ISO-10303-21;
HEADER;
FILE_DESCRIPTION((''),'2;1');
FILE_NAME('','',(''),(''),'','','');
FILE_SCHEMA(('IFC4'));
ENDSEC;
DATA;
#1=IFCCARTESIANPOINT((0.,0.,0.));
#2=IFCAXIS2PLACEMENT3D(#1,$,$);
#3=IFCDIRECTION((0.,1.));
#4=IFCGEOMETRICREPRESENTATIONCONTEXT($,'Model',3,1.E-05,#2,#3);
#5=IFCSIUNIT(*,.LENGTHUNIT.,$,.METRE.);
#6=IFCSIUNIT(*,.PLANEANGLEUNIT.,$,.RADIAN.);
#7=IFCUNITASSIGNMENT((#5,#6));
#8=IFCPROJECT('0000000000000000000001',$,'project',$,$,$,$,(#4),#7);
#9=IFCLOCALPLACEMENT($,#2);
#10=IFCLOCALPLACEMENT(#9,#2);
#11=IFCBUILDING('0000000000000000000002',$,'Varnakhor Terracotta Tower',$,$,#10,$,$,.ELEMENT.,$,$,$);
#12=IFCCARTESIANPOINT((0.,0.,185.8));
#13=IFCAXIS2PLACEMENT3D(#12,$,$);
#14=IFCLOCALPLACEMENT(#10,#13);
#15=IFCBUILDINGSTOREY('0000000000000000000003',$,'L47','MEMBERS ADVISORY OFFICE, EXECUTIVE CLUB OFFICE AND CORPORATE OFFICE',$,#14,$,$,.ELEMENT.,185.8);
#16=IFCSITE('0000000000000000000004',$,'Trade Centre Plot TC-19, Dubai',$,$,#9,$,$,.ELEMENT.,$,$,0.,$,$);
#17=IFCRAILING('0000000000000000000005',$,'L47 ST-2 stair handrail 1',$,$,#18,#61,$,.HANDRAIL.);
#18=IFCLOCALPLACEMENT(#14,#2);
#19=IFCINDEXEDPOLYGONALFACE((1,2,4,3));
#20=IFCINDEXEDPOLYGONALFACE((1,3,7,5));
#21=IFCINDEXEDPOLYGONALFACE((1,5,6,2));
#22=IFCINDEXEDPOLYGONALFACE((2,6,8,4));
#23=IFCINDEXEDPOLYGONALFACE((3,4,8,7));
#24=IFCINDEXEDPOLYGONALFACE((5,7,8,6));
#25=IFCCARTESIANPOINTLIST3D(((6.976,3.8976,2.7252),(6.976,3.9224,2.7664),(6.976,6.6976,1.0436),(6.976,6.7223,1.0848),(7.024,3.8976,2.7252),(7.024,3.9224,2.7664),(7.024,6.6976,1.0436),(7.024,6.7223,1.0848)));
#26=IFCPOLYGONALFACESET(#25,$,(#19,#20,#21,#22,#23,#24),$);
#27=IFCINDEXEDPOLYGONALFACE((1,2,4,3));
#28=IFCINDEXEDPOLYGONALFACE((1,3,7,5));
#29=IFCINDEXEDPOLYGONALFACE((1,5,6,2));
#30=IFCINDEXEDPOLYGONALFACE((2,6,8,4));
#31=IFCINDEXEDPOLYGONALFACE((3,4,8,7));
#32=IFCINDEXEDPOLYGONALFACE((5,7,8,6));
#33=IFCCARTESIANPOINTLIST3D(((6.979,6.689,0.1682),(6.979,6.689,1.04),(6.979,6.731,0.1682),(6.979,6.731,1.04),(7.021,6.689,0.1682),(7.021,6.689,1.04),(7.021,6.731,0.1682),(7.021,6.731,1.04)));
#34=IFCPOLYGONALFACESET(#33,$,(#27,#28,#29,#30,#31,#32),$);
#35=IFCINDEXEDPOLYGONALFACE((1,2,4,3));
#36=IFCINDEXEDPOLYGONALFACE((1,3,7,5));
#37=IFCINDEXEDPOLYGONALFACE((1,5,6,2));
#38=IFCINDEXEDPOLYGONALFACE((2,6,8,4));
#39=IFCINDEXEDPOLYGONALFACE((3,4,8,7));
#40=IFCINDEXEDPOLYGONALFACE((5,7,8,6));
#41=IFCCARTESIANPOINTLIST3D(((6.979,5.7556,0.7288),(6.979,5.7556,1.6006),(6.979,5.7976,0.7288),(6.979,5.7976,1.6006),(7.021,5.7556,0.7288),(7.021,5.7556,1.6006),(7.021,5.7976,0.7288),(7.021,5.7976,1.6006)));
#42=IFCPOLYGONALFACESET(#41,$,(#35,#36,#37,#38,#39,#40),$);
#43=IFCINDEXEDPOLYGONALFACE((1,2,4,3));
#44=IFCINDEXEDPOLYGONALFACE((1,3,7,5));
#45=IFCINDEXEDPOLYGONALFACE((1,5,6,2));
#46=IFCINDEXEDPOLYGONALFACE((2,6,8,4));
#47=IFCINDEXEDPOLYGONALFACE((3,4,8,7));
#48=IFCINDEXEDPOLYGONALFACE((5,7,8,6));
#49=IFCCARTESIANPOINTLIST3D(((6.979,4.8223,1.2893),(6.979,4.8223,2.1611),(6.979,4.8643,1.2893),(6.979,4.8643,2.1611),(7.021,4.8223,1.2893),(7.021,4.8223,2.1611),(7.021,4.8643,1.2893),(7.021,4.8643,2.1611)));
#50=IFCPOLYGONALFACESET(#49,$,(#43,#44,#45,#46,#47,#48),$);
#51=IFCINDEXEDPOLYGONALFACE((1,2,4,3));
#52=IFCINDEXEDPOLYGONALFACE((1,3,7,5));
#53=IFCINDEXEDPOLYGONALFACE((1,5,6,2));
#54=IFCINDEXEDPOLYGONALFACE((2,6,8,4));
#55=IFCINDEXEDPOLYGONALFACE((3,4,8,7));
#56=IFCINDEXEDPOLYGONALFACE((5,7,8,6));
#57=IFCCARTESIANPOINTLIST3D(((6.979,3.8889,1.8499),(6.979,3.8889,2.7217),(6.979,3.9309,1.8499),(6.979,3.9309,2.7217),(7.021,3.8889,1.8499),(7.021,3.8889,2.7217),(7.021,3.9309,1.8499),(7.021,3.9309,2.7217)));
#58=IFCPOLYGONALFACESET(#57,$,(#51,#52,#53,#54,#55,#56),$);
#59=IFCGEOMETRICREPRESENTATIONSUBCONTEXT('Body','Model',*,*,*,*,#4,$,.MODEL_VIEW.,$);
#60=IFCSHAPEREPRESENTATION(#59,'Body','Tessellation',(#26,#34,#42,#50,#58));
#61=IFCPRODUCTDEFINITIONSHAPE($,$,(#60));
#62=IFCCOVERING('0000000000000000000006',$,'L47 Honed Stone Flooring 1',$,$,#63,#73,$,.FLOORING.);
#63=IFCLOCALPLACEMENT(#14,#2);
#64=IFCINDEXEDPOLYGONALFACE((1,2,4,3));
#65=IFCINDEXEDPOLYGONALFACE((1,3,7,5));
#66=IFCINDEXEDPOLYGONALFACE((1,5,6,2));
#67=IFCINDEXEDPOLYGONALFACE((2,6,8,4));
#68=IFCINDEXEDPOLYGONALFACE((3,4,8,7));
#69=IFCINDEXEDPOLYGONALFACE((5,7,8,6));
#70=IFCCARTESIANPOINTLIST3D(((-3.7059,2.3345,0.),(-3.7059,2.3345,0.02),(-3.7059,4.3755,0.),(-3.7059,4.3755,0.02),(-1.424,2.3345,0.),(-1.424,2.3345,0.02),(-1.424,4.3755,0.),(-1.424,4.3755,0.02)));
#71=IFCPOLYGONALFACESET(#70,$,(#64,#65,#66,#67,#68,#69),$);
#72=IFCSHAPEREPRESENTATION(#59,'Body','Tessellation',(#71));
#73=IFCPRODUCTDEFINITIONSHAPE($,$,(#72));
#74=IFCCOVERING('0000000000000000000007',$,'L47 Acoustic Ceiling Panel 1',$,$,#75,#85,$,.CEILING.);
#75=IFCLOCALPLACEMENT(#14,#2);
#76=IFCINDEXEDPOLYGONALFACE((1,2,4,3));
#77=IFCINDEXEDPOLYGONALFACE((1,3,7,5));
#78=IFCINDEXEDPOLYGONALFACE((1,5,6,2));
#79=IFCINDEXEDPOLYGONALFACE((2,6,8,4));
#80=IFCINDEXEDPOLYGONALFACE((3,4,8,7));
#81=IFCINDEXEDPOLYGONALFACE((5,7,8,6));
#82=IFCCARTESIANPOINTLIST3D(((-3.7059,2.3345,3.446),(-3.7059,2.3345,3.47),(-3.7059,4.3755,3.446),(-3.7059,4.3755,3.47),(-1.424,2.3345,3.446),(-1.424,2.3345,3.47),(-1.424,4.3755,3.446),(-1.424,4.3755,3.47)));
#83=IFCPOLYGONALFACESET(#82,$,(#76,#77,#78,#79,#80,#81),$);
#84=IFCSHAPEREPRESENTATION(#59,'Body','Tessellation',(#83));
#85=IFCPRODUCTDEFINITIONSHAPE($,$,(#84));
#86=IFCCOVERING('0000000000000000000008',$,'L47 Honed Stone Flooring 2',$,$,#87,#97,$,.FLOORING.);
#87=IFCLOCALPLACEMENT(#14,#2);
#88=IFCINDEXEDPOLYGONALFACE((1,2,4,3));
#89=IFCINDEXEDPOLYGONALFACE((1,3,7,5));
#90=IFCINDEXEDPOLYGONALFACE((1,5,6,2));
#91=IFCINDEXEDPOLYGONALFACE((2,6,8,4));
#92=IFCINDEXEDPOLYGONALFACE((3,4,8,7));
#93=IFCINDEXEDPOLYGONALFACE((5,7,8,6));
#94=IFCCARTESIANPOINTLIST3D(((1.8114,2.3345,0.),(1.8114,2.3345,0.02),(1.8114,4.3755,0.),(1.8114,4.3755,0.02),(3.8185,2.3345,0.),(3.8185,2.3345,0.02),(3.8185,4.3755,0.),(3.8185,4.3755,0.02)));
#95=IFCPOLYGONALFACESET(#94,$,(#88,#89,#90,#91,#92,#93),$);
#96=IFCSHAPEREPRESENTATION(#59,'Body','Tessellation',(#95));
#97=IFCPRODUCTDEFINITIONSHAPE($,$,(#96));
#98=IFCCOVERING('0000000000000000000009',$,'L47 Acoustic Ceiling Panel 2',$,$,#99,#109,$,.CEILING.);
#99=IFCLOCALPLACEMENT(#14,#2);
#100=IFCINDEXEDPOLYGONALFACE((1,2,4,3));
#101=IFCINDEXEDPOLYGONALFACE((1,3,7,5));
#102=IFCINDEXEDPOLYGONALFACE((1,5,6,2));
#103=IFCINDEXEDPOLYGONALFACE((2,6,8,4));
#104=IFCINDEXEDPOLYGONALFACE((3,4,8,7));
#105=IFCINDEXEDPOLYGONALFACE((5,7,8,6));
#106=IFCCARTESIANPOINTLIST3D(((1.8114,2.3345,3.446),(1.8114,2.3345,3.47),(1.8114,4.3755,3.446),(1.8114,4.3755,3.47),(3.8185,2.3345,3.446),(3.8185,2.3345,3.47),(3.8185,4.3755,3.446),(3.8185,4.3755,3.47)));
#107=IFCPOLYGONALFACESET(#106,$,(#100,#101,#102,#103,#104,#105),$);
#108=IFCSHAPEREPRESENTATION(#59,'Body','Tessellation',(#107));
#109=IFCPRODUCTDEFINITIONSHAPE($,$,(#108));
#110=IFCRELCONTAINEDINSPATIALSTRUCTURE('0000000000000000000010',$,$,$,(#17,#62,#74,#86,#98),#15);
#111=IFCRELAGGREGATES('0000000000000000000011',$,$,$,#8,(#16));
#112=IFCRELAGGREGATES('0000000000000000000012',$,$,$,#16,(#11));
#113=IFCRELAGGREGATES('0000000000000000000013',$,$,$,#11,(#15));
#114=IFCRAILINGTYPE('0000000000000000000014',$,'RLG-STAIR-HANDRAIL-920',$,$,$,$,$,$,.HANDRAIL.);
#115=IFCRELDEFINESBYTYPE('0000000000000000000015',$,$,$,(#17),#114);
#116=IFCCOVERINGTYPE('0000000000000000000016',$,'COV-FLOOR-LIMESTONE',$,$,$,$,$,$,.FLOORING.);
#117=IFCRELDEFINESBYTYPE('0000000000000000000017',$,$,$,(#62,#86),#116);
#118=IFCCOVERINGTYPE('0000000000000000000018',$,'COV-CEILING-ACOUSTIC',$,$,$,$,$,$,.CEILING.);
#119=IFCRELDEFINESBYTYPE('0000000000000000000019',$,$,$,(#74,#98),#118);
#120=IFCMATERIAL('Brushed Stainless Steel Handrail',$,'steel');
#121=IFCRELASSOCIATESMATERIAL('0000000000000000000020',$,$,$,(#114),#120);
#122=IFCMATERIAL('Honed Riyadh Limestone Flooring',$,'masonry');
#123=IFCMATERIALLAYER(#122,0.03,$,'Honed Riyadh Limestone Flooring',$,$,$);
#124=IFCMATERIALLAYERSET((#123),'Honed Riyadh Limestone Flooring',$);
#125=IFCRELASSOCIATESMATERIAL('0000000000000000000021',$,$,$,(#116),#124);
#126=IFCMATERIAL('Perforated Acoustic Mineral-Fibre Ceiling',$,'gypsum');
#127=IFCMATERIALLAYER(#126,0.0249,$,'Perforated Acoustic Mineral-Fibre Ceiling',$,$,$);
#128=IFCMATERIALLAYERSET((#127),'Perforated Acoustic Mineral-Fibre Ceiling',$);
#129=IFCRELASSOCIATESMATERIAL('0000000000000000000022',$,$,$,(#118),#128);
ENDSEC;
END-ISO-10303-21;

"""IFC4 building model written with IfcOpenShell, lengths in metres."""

from ifc_helpers import new_model, si_unit, direction, frame, origin, origin_2d, place, context, subcontext, project, spatial, rectangle, extrude, source, transform, mapped, material, layer, layer_set, type_object, element, save


model = new_model("IFC4")

# Units and contexts
model_context = context("Model", 3, precision=1e-05, world=origin(), true_north=direction((0.0, 1.0)))
body_context = subcontext(model_context, "Body", "Model", "MODEL_VIEW")
ifc_project = project(units=[si_unit("LENGTHUNIT", "METRE"), si_unit("PLANEANGLEUNIT", "RADIAN")], contexts=[model_context])

# Site, building, storey
site_placement = place(None, origin())
site = spatial("IfcSite", under=ifc_project, at=site_placement, Name="Trade Centre Plot TC-19, Dubai", CompositionType="ELEMENT", RefElevation=0.0)
building_placement = place(site_placement, origin())
building = spatial("IfcBuilding", under=site, at=building_placement, Name="Varnakhor Terracotta Tower", CompositionType="ELEMENT")
storey_placement = place(building_placement, frame((0.0, 0.0, 185.8)))
storey = spatial("IfcBuildingStorey", under=building, at=storey_placement, Name="L47", Description="MEMBERS ADVISORY OFFICE, EXECUTIVE CLUB OFFICE AND CORPORATE OFFICE", CompositionType="ELEMENT", Elevation=185.8)

# Railing
ifc_material_1 = material(Name="Brushed Stainless Steel Handrail", Category="steel")
railing_type_1 = type_object("IfcRailingType", Name="RLG-STAIR-HANDRAIL-920", PredefinedType="HANDRAIL", material=ifc_material_1)
railing_1_placement = place(storey_placement, frame((7.0, 6.71, 0.1682)))
element("IfcRailing", 1, at=railing_1_placement, inside=storey, type_object=railing_type_1, Name="L47 ST-2 stair handrail 1", PredefinedType="HANDRAIL", context=body_context, shape_type="SweptSolid", body=[
    extrude(rectangle(XDim=0.0481, YDim=0.0481, at=origin_2d()), frame((0.0, 0.0, 0.896), z_axis=(0.0, -0.857275, 0.514858), x_axis=(1.0, 0.0, 0.0)), (0.0, 0.0, 1.0), 3.2661),
    extrude(rectangle(XDim=0.042, YDim=0.042, at=origin_2d()), origin(), (0.0, 0.0, 1.0), 0.8718),
    extrude(rectangle(XDim=0.042, YDim=0.042, at=origin_2d()), frame((0.0, -0.9333, 0.5605)), (0.0, 0.0, 1.0), 0.8718),
    extrude(rectangle(XDim=0.042, YDim=0.042, at=origin_2d()), frame((0.0, -1.8667, 1.1211)), (0.0, 0.0, 1.0), 0.8718),
    extrude(rectangle(XDim=0.042, YDim=0.042, at=origin_2d()), frame((0.0, -2.8, 1.6816)), (0.0, 0.0, 1.0), 0.8718),
])

# Coverings
ifc_material_2 = material(Name="Honed Riyadh Limestone Flooring", Category="masonry")
ifc_layer_1 = layer(ifc_material_2, 0.03, Name="Honed Riyadh Limestone Flooring")
ifc_layer_set_1 = layer_set([ifc_layer_1], Name="Honed Riyadh Limestone Flooring")
covering_type_1 = type_object("IfcCoveringType", Name="COV-FLOOR-LIMESTONE", PredefinedType="FLOORING", material=ifc_layer_set_1)
shared_shape_1 = source(origin(), body_context, "Body", "SweptSolid", [
    extrude(rectangle(XDim=2.282, YDim=2.041, at=origin_2d()), origin(), (0.0, 0.0, 1.0), 0.02),
])
covering_1_placement = place(storey_placement, frame((-2.5649, 3.355, 0.0), z_axis=(0.0, 0.0, 1.0), x_axis=(1.0, 0.0, 0.0)))
element("IfcCovering", 2, at=covering_1_placement, inside=storey, type_object=covering_type_1, Name="L47 Honed Stone Flooring 1", PredefinedType="FLOORING", context=body_context, shape_type="MappedRepresentation", body=[
    mapped(shared_shape_1, transform((0.0, 0.0, 0.0), scale=1.0)),
])
ifc_material_3 = material(Name="Perforated Acoustic Mineral-Fibre Ceiling", Category="gypsum")
ifc_layer_2 = layer(ifc_material_3, 0.0249, Name="Perforated Acoustic Mineral-Fibre Ceiling")
ifc_layer_set_2 = layer_set([ifc_layer_2], Name="Perforated Acoustic Mineral-Fibre Ceiling")
covering_type_2 = type_object("IfcCoveringType", Name="COV-CEILING-ACOUSTIC", PredefinedType="CEILING", material=ifc_layer_set_2)
shared_shape_2 = source(origin(), body_context, "Body", "SweptSolid", [
    extrude(rectangle(XDim=2.282, YDim=2.041, at=origin_2d()), origin(), (0.0, 0.0, 1.0), 0.0239),
])
covering_2_placement = place(storey_placement, frame((-2.5649, 3.355, 3.446), z_axis=(0.0, 0.0, 1.0), x_axis=(1.0, 0.0, 0.0)))
element("IfcCovering", 3, at=covering_2_placement, inside=storey, type_object=covering_type_2, Name="L47 Acoustic Ceiling Panel 1", PredefinedType="CEILING", context=body_context, shape_type="MappedRepresentation", body=[
    mapped(shared_shape_2, transform((0.0, 0.0, 0.0), scale=1.0)),
])
shared_shape_3 = source(origin(), body_context, "Body", "SweptSolid", [
    extrude(rectangle(XDim=2.0071, YDim=2.041, at=origin_2d()), origin(), (0.0, 0.0, 1.0), 0.02),
])
covering_3_placement = place(storey_placement, frame((2.8149, 3.355, 0.0), z_axis=(0.0, 0.0, 1.0), x_axis=(1.0, 0.0, 0.0)))
element("IfcCovering", 4, at=covering_3_placement, inside=storey, type_object=covering_type_1, Name="L47 Honed Stone Flooring 2", PredefinedType="FLOORING", context=body_context, shape_type="MappedRepresentation", body=[
    mapped(shared_shape_3, transform((0.0, 0.0, 0.0), scale=1.0)),
])
shared_shape_4 = source(origin(), body_context, "Body", "SweptSolid", [
    extrude(rectangle(XDim=2.0071, YDim=2.041, at=origin_2d()), origin(), (0.0, 0.0, 1.0), 0.0239),
])
covering_4_placement = place(storey_placement, frame((2.8149, 3.355, 3.446), z_axis=(0.0, 0.0, 1.0), x_axis=(1.0, 0.0, 0.0)))
element("IfcCovering", 5, at=covering_4_placement, inside=storey, type_object=covering_type_2, Name="L47 Acoustic Ceiling Panel 2", PredefinedType="CEILING", context=body_context, shape_type="MappedRepresentation", body=[
    mapped(shared_shape_4, transform((0.0, 0.0, 0.0), scale=1.0)),
])

save(model, "model.ifc")
